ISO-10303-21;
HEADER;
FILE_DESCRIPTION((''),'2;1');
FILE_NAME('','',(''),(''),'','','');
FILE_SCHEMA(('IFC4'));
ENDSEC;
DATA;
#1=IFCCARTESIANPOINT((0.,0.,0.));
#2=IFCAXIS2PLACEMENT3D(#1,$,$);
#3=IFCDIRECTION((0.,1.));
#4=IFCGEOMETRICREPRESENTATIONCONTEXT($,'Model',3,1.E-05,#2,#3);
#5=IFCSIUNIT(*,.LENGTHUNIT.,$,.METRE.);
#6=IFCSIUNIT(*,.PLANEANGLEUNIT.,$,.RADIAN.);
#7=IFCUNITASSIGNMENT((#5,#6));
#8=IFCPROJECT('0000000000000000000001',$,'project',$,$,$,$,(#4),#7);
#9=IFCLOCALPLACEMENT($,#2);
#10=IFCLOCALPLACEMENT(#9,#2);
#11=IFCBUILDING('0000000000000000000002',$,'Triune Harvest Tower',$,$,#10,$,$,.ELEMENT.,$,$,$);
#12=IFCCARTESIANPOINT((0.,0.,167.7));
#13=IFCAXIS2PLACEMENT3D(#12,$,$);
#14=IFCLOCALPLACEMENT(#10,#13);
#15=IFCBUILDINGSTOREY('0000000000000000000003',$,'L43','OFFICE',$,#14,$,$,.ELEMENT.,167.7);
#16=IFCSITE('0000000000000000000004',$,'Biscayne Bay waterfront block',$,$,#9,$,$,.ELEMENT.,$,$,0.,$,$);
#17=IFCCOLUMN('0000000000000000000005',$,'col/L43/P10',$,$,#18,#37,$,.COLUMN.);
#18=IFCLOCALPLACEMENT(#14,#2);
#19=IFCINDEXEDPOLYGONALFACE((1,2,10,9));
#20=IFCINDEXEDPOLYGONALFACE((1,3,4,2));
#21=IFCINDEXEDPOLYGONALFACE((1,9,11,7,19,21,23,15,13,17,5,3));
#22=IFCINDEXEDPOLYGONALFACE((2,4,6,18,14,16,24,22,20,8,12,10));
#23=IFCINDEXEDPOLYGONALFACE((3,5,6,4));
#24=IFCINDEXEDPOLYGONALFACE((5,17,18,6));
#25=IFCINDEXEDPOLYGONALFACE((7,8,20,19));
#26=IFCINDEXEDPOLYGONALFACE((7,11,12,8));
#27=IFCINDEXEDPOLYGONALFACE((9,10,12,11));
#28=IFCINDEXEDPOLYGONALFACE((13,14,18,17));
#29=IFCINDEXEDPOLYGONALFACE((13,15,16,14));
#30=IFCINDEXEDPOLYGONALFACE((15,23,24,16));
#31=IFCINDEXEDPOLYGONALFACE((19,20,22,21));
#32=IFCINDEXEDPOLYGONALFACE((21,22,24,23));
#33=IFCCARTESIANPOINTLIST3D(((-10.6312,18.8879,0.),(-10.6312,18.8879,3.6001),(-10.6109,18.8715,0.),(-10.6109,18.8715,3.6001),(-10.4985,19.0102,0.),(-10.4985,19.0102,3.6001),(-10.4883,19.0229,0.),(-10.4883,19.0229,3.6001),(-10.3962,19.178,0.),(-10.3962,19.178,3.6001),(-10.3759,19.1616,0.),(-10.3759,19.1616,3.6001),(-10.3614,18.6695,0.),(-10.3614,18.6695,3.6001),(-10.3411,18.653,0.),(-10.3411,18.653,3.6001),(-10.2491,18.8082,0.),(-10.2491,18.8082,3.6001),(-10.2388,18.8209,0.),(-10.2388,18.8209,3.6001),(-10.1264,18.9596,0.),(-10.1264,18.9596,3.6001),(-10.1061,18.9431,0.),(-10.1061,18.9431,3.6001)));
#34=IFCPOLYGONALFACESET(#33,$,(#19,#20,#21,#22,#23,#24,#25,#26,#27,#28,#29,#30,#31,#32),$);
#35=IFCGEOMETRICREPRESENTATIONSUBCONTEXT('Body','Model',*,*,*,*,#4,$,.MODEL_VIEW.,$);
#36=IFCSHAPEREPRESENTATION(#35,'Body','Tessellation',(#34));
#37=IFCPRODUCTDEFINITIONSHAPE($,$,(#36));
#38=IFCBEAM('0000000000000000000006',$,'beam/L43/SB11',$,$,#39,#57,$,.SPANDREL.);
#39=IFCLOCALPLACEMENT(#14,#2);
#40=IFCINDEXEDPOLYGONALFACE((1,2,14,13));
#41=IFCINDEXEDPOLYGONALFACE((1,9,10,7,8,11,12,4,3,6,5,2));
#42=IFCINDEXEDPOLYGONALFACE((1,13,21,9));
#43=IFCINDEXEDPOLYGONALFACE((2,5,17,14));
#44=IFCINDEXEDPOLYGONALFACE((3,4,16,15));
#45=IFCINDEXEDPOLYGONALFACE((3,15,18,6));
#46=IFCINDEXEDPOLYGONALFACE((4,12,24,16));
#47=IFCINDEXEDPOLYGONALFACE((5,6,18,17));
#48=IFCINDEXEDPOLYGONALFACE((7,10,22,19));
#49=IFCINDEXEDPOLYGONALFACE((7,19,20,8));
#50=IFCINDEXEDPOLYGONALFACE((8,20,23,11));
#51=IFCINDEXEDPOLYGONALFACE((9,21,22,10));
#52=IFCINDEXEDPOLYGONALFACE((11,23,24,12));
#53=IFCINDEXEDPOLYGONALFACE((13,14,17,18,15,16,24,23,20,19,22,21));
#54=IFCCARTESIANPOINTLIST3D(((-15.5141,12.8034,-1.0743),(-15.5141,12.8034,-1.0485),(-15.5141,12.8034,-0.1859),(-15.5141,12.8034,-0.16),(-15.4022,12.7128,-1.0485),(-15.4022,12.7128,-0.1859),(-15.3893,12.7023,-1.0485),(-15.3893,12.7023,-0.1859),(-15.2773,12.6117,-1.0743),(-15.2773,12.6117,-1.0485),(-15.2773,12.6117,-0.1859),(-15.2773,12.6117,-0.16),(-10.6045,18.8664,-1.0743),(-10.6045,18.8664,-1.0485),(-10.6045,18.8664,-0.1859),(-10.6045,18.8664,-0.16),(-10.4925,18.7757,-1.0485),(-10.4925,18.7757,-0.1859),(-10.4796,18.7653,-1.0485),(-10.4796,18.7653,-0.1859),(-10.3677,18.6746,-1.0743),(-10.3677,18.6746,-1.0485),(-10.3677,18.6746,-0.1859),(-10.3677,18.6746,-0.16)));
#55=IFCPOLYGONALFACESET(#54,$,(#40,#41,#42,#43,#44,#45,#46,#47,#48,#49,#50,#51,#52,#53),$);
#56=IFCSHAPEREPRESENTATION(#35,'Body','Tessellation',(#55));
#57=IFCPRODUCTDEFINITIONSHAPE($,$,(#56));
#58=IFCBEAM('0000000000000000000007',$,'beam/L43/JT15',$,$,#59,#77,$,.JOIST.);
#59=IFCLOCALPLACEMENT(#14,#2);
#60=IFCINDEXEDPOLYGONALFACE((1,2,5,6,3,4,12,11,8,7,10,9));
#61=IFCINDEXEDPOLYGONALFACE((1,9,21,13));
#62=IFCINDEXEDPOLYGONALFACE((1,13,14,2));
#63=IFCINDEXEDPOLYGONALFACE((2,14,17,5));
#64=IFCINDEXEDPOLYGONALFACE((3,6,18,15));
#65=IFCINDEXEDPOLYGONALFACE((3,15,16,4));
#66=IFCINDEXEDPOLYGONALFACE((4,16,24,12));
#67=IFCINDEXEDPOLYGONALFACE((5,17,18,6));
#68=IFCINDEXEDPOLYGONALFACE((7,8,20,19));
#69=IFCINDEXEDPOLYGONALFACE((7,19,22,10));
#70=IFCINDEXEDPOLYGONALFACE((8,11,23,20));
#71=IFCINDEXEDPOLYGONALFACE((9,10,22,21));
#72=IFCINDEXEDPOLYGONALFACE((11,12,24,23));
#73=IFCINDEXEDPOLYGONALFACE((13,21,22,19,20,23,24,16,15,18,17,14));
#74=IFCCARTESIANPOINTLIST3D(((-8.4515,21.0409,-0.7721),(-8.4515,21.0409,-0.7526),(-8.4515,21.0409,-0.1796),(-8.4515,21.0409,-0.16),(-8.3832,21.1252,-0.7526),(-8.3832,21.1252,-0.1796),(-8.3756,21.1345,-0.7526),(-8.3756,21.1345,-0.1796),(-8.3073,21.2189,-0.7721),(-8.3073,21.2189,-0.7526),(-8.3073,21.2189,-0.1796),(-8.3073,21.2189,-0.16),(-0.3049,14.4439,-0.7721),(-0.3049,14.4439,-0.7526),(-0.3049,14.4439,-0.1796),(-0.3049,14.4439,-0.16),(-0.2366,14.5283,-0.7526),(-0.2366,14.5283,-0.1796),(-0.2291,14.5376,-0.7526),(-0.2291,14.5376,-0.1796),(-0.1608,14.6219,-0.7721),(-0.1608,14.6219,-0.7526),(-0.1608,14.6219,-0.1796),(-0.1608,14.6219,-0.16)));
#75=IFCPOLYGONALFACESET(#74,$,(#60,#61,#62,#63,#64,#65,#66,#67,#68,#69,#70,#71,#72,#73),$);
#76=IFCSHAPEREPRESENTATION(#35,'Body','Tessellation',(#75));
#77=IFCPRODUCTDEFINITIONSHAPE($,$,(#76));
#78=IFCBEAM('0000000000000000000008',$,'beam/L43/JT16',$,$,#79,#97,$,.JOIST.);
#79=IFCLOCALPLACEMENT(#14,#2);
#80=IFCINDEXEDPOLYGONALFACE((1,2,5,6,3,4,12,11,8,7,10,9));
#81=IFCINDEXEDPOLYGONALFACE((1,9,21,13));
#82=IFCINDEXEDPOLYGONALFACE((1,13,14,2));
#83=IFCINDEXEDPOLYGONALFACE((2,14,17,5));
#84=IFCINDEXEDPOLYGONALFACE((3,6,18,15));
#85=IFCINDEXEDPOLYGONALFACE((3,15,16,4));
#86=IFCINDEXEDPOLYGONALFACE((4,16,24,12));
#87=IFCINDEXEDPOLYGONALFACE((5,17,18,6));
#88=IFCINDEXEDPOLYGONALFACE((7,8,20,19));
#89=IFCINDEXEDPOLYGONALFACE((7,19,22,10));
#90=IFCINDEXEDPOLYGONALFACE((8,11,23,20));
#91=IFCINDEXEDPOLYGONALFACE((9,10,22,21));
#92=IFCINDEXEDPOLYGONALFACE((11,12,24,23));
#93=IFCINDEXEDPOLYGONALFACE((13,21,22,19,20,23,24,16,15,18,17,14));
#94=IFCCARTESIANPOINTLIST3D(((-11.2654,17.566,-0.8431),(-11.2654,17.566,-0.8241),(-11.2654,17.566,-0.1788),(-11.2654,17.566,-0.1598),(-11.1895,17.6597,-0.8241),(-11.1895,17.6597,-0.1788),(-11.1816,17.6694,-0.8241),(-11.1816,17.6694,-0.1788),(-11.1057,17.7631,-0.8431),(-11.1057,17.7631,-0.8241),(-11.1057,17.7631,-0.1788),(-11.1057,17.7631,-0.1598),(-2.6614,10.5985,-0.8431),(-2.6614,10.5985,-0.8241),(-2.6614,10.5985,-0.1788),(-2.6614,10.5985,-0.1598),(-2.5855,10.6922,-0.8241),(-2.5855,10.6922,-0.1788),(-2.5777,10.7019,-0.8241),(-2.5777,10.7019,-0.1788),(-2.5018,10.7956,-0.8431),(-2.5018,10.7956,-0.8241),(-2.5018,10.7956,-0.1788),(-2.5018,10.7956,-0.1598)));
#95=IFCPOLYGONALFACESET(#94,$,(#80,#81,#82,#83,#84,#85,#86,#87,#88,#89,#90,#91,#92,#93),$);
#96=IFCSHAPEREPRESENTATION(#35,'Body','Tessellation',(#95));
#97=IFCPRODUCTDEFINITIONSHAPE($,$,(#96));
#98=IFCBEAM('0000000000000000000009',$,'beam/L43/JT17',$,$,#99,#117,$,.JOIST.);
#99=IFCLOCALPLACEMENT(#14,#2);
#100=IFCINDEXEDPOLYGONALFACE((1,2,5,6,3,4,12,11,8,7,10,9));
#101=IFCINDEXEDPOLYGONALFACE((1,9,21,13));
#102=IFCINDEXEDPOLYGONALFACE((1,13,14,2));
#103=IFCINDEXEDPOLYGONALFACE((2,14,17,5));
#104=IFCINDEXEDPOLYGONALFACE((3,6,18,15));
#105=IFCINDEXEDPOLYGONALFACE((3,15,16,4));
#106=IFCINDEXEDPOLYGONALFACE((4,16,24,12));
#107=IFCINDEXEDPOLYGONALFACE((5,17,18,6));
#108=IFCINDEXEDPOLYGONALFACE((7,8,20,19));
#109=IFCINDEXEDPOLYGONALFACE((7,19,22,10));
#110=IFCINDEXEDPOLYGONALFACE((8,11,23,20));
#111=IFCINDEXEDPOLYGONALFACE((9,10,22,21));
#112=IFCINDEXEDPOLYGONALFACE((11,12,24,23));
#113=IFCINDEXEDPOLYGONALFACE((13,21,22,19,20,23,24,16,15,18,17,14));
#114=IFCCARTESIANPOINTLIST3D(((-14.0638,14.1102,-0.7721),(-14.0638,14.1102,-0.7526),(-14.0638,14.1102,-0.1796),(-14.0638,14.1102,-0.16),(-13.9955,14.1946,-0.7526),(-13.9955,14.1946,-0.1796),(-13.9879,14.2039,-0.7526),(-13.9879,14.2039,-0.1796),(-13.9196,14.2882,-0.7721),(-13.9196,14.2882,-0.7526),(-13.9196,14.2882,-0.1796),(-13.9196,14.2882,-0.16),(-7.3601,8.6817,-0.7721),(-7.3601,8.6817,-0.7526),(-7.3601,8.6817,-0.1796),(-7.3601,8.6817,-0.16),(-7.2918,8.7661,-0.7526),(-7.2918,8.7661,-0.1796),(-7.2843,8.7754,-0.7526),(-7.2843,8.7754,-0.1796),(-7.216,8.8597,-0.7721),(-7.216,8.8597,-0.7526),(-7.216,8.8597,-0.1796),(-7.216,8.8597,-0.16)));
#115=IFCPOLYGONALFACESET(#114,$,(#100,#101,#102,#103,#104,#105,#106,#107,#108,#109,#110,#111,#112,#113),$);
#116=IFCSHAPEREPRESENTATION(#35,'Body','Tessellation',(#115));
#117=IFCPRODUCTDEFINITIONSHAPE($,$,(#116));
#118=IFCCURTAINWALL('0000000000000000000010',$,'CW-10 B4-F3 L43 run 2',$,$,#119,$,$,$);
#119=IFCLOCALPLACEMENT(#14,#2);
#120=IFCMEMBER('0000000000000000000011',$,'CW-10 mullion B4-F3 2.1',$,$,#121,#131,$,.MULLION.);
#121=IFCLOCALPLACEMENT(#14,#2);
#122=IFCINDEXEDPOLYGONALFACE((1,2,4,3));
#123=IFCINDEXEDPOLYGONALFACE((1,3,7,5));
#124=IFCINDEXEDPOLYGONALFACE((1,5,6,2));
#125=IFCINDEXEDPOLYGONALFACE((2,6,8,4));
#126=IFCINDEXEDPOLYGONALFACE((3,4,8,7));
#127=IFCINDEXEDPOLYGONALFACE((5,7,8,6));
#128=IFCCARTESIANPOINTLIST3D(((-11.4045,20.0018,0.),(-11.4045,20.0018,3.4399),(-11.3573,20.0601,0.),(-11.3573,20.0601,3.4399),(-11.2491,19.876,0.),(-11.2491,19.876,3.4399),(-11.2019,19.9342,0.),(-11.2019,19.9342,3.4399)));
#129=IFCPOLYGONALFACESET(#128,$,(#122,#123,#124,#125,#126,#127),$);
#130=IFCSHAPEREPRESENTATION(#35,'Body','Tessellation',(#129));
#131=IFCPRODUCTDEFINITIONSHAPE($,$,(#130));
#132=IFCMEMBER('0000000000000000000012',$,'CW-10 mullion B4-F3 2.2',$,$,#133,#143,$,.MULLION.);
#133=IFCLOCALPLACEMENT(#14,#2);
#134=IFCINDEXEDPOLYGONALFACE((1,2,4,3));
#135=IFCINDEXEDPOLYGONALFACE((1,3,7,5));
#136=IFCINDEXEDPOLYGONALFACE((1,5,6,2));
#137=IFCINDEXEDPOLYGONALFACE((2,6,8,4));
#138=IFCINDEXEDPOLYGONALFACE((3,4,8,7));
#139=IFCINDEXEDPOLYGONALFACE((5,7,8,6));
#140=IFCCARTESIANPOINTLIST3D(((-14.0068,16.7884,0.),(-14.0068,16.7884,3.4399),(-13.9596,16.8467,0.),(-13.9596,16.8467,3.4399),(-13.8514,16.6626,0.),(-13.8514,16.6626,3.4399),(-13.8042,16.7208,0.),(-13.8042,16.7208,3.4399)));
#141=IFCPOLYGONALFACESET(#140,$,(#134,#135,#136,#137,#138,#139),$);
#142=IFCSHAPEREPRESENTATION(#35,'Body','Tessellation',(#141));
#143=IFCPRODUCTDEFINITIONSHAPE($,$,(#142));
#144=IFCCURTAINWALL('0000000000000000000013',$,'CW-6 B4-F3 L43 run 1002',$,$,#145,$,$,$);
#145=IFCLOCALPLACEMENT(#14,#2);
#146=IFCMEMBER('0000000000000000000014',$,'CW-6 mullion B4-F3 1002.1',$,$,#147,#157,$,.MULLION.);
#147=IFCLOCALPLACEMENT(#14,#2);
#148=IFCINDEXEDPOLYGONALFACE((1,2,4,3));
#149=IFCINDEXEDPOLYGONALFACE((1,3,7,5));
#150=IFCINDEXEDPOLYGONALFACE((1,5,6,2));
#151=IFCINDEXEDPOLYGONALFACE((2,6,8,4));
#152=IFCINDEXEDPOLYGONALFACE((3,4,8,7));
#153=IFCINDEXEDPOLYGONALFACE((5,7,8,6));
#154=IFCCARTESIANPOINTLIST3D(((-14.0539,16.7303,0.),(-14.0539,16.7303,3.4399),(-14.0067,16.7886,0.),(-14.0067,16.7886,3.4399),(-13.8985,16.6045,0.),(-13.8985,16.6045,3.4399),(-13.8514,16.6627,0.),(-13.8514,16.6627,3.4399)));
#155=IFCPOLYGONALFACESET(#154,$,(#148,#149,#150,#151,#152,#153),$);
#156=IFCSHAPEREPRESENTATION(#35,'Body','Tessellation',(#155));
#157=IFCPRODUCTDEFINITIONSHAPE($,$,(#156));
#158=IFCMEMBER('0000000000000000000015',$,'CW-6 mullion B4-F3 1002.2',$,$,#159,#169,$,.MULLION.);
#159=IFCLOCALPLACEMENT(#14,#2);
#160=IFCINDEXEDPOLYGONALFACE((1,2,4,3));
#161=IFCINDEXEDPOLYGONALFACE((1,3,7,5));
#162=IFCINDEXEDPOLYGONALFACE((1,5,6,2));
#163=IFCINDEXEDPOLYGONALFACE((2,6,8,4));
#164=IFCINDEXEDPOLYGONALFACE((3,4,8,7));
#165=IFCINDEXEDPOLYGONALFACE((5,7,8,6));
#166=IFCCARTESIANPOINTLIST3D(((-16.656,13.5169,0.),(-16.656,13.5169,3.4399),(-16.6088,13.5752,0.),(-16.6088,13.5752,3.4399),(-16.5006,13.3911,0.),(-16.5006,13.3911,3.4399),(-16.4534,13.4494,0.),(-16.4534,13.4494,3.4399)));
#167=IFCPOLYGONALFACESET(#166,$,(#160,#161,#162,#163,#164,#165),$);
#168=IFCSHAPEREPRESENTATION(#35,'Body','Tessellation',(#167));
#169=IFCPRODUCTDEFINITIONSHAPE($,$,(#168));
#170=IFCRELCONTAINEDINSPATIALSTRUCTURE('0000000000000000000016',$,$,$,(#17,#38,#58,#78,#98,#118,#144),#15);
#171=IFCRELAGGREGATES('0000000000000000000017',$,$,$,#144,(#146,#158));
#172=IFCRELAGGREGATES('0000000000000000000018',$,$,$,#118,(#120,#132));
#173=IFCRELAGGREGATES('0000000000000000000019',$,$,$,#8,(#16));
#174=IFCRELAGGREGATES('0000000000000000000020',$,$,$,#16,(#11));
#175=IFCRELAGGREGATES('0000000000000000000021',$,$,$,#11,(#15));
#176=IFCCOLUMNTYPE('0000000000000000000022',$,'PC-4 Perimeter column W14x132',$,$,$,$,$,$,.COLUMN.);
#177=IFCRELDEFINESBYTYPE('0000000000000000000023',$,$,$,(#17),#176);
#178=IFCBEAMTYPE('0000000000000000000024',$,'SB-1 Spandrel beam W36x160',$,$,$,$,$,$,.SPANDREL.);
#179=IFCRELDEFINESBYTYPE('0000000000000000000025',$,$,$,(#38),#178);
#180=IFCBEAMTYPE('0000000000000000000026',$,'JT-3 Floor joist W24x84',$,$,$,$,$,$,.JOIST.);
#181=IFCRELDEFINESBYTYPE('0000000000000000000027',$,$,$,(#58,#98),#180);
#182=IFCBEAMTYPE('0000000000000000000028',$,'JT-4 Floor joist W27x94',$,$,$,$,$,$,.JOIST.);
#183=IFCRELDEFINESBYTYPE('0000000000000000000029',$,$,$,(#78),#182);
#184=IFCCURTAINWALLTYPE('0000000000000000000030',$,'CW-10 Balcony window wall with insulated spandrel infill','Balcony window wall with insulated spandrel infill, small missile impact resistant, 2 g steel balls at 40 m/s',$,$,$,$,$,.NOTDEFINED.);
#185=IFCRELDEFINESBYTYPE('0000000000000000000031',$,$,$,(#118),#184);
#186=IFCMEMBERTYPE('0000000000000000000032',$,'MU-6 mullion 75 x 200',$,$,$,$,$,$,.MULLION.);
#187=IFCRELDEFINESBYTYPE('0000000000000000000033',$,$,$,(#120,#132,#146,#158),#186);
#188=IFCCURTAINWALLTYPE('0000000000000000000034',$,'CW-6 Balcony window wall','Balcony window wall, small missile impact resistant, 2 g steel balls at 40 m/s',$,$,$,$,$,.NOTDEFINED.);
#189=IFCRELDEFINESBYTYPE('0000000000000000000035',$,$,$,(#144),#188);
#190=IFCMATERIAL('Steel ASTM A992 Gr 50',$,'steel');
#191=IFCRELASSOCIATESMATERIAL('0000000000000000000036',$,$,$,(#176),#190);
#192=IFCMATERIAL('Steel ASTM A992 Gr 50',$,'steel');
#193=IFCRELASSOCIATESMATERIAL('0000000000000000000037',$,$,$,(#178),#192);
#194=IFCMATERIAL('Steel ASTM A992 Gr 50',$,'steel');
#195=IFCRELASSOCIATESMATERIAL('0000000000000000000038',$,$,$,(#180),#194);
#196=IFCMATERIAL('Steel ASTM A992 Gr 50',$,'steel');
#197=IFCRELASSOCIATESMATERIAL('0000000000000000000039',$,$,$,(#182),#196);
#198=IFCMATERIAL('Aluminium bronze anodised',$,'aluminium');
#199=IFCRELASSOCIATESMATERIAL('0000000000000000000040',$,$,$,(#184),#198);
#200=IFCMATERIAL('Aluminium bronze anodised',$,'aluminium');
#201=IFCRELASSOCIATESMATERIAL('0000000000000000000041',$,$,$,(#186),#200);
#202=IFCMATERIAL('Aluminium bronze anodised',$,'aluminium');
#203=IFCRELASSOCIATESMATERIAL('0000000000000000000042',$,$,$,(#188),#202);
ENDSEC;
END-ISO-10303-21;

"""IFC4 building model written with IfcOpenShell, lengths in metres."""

from ifc_helpers import new_model, si_unit, direction, frame, origin, origin_2d, place, context, subcontext, project, spatial, rectangle, i_section, extrude, source, transform, mapped, material, material_profile, profile_set, type_object, element, aggregate, save


model = new_model("IFC4")

# Units and contexts
model_context = context("Model", 3, precision=1e-05, world=origin(), true_north=direction((0.0, 1.0)))
body_context = subcontext(model_context, "Body", "Model", "MODEL_VIEW")
ifc_project = project(units=[si_unit("LENGTHUNIT", "METRE"), si_unit("PLANEANGLEUNIT", "RADIAN")], contexts=[model_context])

# Site, building, storey
site_placement = place(None, origin())
site = spatial("IfcSite", under=ifc_project, at=site_placement, Name="Biscayne Bay waterfront block", CompositionType="ELEMENT", RefElevation=0.0)
building_placement = place(site_placement, origin())
building = spatial("IfcBuilding", under=site, at=building_placement, Name="Triune Harvest Tower", CompositionType="ELEMENT")
storey_placement = place(building_placement, frame((0.0, 0.0, 167.7)))
storey = spatial("IfcBuildingStorey", under=building, at=storey_placement, Name="L43", Description="OFFICE", CompositionType="ELEMENT", Elevation=167.7)

# Column
ifc_material_1 = material(Name="Steel ASTM A992 Gr 50", Category="steel")
ifc_material_profile_1 = material_profile(ifc_material_1, i_section(OverallWidth=0.3733, OverallDepth=0.3733, WebThickness=0.0164, FlangeThickness=0.0261, at=origin_2d()), Name="W14x132")
ifc_profile_set_1 = profile_set([ifc_material_profile_1], Name="Steel ASTM A992 Gr 50")
column_type = type_object("IfcColumnType", Name="PC-4 Perimeter column W14x132", PredefinedType="COLUMN", material=ifc_profile_set_1)
shared_shape_1 = source(origin(), body_context, "Body", "SweptSolid", [
    extrude(i_section(OverallWidth=0.3733, OverallDepth=0.3733, WebThickness=0.0164, FlangeThickness=0.0261, at=origin_2d()), origin(), (0.0, 0.0, 1.0), 3.6001),
])
column_placement = place(storey_placement, frame((-10.3687, 18.9155, 0.0), z_axis=(0.0, 0.0, 1.0), x_axis=(-0.629322, -0.777145, 0.0)))
element("IfcColumn", 1, at=column_placement, inside=storey, type_object=column_type, Name="col/L43/P10", PredefinedType="COLUMN", context=body_context, shape_type="MappedRepresentation", body=[
    mapped(shared_shape_1, transform((0.0, 0.0, 0.0), scale=1.0)),
])

# Beams
ifc_material_2 = material(Name="Steel ASTM A992 Gr 50", Category="steel")
ifc_material_profile_2 = material_profile(ifc_material_2, i_section(OverallWidth=0.3047, OverallDepth=0.9143, WebThickness=0.0166, FlangeThickness=0.0259, at=origin_2d()), Name="W36x160")
ifc_profile_set_2 = profile_set([ifc_material_profile_2], Name="Steel ASTM A992 Gr 50")
beam_type_1 = type_object("IfcBeamType", Name="SB-1 Spandrel beam W36x160", PredefinedType="SPANDREL", material=ifc_profile_set_2)
shared_shape_2 = source(origin(), body_context, "Body", "SweptSolid", [
    extrude(i_section(OverallWidth=0.3047, OverallDepth=0.9143, WebThickness=0.0166, FlangeThickness=0.0259, at=origin_2d()), origin(), (0.0, 0.0, 1.0), 7.8015),
])
beam_1_placement = place(storey_placement, frame((-10.4861, 18.7705, -0.6172), z_axis=(-0.629317, -0.777149, 0.0), x_axis=(0.777149, -0.629317, 0.0)))
element("IfcBeam", 2, at=beam_1_placement, inside=storey, type_object=beam_type_1, Name="beam/L43/SB11", PredefinedType="SPANDREL", context=body_context, shape_type="MappedRepresentation", body=[
    mapped(shared_shape_2, transform((0.0, 0.0, 0.0), scale=1.0)),
])
ifc_material_3 = material(Name="Steel ASTM A992 Gr 50", Category="steel")
ifc_material_profile_3 = material_profile(ifc_material_3, i_section(OverallWidth=0.229, OverallDepth=0.6121, WebThickness=0.012, FlangeThickness=0.0195, at=origin_2d()), Name="W24x84")
ifc_profile_set_3 = profile_set([ifc_material_profile_3], Name="Steel ASTM A992 Gr 50")
beam_type_2 = type_object("IfcBeamType", Name="JT-3 Floor joist W24x84", PredefinedType="JOIST", material=ifc_profile_set_3)
shared_shape_3 = source(origin(), body_context, "Body", "SweptSolid", [
    extrude(i_section(OverallWidth=0.229, OverallDepth=0.6121, WebThickness=0.012, FlangeThickness=0.0195, at=origin_2d()), origin(), (0.0, 0.0, 1.0), 10.4827),
])
beam_2_placement = place(storey_placement, frame((-8.3794, 21.1299, -0.4661), z_axis=(0.777145, -0.629322, 0.0), x_axis=(0.629322, 0.777145, 0.0)))
element("IfcBeam", 3, at=beam_2_placement, inside=storey, type_object=beam_type_2, Name="beam/L43/JT15", PredefinedType="JOIST", context=body_context, shape_type="MappedRepresentation", body=[
    mapped(shared_shape_3, transform((0.0, 0.0, 0.0), scale=1.0)),
])
ifc_material_4 = material(Name="Steel ASTM A992 Gr 50", Category="steel")
ifc_material_profile_4 = material_profile(ifc_material_4, i_section(OverallWidth=0.2537, OverallDepth=0.6833, WebThickness=0.0125, FlangeThickness=0.019, at=origin_2d()), Name="W27x94")
ifc_profile_set_4 = profile_set([ifc_material_profile_4], Name="Steel ASTM A992 Gr 50")
beam_type_3 = type_object("IfcBeamType", Name="JT-4 Floor joist W27x94", PredefinedType="JOIST", material=ifc_profile_set_4)
shared_shape_4 = source(origin(), body_context, "Body", "SweptSolid", [
    extrude(i_section(OverallWidth=0.2537, OverallDepth=0.6833, WebThickness=0.0125, FlangeThickness=0.019, at=origin_2d()), origin(), (0.0, 0.0, 1.0), 11.0713),
])
beam_3_placement = place(storey_placement, frame((-11.1855, 17.6646, -0.5015), z_axis=(0.77714, -0.629328, 0.0), x_axis=(0.629328, 0.77714, 0.0)))
element("IfcBeam", 4, at=beam_3_placement, inside=storey, type_object=beam_type_3, Name="beam/L43/JT16", PredefinedType="JOIST", context=body_context, shape_type="MappedRepresentation", body=[
    mapped(shared_shape_4, transform((0.0, 0.0, 0.0), scale=1.0)),
])
shared_shape_5 = source(origin(), body_context, "Body", "SweptSolid", [
    extrude(i_section(OverallWidth=0.229, OverallDepth=0.6121, WebThickness=0.012, FlangeThickness=0.0195, at=origin_2d()), origin(), (0.0, 0.0, 1.0), 8.626),
])
beam_4_placement = place(storey_placement, frame((-13.9917, 14.1992, -0.4661), z_axis=(0.777147, -0.62932, 0.0), x_axis=(0.62932, 0.777147, 0.0)))
element("IfcBeam", 5, at=beam_4_placement, inside=storey, type_object=beam_type_2, Name="beam/L43/JT17", PredefinedType="JOIST", context=body_context, shape_type="MappedRepresentation", body=[
    mapped(shared_shape_5, transform((0.0, 0.0, 0.0), scale=1.0)),
])

# Curtain walls, members
ifc_material_5 = material(Name="Aluminium bronze anodised", Category="aluminium")
curtain_wall_type_1 = type_object("IfcCurtainWallType", Name="CW-10 Balcony window wall with insulated spandrel infill", Description="Balcony window wall with insulated spandrel infill, small missile impact resistant, 2 g steel balls at 40 m/s", PredefinedType="NOTDEFINED", material=ifc_material_5)
curtain_wall_1_placement = place(storey_placement, origin())
curtain_wall_1 = element("IfcCurtainWall", 6, at=curtain_wall_1_placement, inside=storey, type_object=curtain_wall_type_1, Name="CW-10 B4-F3 L43 run 2")
ifc_material_6 = material(Name="Aluminium bronze anodised", Category="aluminium")
ifc_material_profile_5 = material_profile(ifc_material_6, rectangle(XDim=0.2, YDim=0.075, at=origin_2d()), Name="MU-6 mullion 75 x 200")
ifc_profile_set_5 = profile_set([ifc_material_profile_5], Name="Aluminium bronze anodised")
member_type_1 = type_object("IfcMemberType", Name="MU-6 mullion 75 x 200", PredefinedType="MULLION", material=ifc_profile_set_5)
shared_shape_6 = source(origin(), body_context, "Body", "SweptSolid", [
    extrude(rectangle(XDim=0.2, YDim=0.075, at=origin_2d()), origin(), (0.0, 0.0, 1.0), 3.4399),
])
member_1_placement = place(storey_placement, frame((-11.3032, 19.968, 0.0), z_axis=(0.0, 0.0, 1.0), x_axis=(0.777139, -0.629329, 0.0)))
member_1 = element("IfcMember", 7, at=member_1_placement, type_object=member_type_1, Name="CW-10 mullion B4-F3 2.1", PredefinedType="MULLION", context=body_context, shape_type="MappedRepresentation", body=[
    mapped(shared_shape_6, transform((0.0, 0.0, 0.0), scale=1.0)),
])
member_2_placement = place(storey_placement, frame((-13.9055, 16.7546, 0.0), z_axis=(0.0, 0.0, 1.0), x_axis=(0.777139, -0.629329, 0.0)))
member_2 = element("IfcMember", 8, at=member_2_placement, type_object=member_type_1, Name="CW-10 mullion B4-F3 2.2", PredefinedType="MULLION", context=body_context, shape_type="MappedRepresentation", body=[
    mapped(shared_shape_6, transform((0.0, 0.0, 0.0), scale=1.0)),
])
ifc_material_7 = material(Name="Aluminium bronze anodised", Category="aluminium")
curtain_wall_type_2 = type_object("IfcCurtainWallType", Name="CW-6 Balcony window wall", Description="Balcony window wall, small missile impact resistant, 2 g steel balls at 40 m/s", PredefinedType="NOTDEFINED", material=ifc_material_7)
curtain_wall_2_placement = place(storey_placement, origin())
curtain_wall_2 = element("IfcCurtainWall", 9, at=curtain_wall_2_placement, inside=storey, type_object=curtain_wall_type_2, Name="CW-6 B4-F3 L43 run 1002")
member_3_placement = place(storey_placement, frame((-13.9526, 16.6965, 0.0), z_axis=(0.0, 0.0, 1.0), x_axis=(0.777154, -0.62931, 0.0)))
member_3 = element("IfcMember", 10, at=member_3_placement, type_object=member_type_1, Name="CW-6 mullion B4-F3 1002.1", PredefinedType="MULLION", context=body_context, shape_type="MappedRepresentation", body=[
    mapped(shared_shape_6, transform((0.0, 0.0, 0.0), scale=1.0)),
])
member_4_placement = place(storey_placement, frame((-16.5547, 13.4832, 0.0), z_axis=(0.0, 0.0, 1.0), x_axis=(0.777154, -0.62931, 0.0)))
member_4 = element("IfcMember", 11, at=member_4_placement, type_object=member_type_1, Name="CW-6 mullion B4-F3 1002.2", PredefinedType="MULLION", context=body_context, shape_type="MappedRepresentation", body=[
    mapped(shared_shape_6, transform((0.0, 0.0, 0.0), scale=1.0)),
])

aggregate(curtain_wall_2, [member_3, member_4])
aggregate(curtain_wall_1, [member_1, member_2])

save(model, "model.ifc")
